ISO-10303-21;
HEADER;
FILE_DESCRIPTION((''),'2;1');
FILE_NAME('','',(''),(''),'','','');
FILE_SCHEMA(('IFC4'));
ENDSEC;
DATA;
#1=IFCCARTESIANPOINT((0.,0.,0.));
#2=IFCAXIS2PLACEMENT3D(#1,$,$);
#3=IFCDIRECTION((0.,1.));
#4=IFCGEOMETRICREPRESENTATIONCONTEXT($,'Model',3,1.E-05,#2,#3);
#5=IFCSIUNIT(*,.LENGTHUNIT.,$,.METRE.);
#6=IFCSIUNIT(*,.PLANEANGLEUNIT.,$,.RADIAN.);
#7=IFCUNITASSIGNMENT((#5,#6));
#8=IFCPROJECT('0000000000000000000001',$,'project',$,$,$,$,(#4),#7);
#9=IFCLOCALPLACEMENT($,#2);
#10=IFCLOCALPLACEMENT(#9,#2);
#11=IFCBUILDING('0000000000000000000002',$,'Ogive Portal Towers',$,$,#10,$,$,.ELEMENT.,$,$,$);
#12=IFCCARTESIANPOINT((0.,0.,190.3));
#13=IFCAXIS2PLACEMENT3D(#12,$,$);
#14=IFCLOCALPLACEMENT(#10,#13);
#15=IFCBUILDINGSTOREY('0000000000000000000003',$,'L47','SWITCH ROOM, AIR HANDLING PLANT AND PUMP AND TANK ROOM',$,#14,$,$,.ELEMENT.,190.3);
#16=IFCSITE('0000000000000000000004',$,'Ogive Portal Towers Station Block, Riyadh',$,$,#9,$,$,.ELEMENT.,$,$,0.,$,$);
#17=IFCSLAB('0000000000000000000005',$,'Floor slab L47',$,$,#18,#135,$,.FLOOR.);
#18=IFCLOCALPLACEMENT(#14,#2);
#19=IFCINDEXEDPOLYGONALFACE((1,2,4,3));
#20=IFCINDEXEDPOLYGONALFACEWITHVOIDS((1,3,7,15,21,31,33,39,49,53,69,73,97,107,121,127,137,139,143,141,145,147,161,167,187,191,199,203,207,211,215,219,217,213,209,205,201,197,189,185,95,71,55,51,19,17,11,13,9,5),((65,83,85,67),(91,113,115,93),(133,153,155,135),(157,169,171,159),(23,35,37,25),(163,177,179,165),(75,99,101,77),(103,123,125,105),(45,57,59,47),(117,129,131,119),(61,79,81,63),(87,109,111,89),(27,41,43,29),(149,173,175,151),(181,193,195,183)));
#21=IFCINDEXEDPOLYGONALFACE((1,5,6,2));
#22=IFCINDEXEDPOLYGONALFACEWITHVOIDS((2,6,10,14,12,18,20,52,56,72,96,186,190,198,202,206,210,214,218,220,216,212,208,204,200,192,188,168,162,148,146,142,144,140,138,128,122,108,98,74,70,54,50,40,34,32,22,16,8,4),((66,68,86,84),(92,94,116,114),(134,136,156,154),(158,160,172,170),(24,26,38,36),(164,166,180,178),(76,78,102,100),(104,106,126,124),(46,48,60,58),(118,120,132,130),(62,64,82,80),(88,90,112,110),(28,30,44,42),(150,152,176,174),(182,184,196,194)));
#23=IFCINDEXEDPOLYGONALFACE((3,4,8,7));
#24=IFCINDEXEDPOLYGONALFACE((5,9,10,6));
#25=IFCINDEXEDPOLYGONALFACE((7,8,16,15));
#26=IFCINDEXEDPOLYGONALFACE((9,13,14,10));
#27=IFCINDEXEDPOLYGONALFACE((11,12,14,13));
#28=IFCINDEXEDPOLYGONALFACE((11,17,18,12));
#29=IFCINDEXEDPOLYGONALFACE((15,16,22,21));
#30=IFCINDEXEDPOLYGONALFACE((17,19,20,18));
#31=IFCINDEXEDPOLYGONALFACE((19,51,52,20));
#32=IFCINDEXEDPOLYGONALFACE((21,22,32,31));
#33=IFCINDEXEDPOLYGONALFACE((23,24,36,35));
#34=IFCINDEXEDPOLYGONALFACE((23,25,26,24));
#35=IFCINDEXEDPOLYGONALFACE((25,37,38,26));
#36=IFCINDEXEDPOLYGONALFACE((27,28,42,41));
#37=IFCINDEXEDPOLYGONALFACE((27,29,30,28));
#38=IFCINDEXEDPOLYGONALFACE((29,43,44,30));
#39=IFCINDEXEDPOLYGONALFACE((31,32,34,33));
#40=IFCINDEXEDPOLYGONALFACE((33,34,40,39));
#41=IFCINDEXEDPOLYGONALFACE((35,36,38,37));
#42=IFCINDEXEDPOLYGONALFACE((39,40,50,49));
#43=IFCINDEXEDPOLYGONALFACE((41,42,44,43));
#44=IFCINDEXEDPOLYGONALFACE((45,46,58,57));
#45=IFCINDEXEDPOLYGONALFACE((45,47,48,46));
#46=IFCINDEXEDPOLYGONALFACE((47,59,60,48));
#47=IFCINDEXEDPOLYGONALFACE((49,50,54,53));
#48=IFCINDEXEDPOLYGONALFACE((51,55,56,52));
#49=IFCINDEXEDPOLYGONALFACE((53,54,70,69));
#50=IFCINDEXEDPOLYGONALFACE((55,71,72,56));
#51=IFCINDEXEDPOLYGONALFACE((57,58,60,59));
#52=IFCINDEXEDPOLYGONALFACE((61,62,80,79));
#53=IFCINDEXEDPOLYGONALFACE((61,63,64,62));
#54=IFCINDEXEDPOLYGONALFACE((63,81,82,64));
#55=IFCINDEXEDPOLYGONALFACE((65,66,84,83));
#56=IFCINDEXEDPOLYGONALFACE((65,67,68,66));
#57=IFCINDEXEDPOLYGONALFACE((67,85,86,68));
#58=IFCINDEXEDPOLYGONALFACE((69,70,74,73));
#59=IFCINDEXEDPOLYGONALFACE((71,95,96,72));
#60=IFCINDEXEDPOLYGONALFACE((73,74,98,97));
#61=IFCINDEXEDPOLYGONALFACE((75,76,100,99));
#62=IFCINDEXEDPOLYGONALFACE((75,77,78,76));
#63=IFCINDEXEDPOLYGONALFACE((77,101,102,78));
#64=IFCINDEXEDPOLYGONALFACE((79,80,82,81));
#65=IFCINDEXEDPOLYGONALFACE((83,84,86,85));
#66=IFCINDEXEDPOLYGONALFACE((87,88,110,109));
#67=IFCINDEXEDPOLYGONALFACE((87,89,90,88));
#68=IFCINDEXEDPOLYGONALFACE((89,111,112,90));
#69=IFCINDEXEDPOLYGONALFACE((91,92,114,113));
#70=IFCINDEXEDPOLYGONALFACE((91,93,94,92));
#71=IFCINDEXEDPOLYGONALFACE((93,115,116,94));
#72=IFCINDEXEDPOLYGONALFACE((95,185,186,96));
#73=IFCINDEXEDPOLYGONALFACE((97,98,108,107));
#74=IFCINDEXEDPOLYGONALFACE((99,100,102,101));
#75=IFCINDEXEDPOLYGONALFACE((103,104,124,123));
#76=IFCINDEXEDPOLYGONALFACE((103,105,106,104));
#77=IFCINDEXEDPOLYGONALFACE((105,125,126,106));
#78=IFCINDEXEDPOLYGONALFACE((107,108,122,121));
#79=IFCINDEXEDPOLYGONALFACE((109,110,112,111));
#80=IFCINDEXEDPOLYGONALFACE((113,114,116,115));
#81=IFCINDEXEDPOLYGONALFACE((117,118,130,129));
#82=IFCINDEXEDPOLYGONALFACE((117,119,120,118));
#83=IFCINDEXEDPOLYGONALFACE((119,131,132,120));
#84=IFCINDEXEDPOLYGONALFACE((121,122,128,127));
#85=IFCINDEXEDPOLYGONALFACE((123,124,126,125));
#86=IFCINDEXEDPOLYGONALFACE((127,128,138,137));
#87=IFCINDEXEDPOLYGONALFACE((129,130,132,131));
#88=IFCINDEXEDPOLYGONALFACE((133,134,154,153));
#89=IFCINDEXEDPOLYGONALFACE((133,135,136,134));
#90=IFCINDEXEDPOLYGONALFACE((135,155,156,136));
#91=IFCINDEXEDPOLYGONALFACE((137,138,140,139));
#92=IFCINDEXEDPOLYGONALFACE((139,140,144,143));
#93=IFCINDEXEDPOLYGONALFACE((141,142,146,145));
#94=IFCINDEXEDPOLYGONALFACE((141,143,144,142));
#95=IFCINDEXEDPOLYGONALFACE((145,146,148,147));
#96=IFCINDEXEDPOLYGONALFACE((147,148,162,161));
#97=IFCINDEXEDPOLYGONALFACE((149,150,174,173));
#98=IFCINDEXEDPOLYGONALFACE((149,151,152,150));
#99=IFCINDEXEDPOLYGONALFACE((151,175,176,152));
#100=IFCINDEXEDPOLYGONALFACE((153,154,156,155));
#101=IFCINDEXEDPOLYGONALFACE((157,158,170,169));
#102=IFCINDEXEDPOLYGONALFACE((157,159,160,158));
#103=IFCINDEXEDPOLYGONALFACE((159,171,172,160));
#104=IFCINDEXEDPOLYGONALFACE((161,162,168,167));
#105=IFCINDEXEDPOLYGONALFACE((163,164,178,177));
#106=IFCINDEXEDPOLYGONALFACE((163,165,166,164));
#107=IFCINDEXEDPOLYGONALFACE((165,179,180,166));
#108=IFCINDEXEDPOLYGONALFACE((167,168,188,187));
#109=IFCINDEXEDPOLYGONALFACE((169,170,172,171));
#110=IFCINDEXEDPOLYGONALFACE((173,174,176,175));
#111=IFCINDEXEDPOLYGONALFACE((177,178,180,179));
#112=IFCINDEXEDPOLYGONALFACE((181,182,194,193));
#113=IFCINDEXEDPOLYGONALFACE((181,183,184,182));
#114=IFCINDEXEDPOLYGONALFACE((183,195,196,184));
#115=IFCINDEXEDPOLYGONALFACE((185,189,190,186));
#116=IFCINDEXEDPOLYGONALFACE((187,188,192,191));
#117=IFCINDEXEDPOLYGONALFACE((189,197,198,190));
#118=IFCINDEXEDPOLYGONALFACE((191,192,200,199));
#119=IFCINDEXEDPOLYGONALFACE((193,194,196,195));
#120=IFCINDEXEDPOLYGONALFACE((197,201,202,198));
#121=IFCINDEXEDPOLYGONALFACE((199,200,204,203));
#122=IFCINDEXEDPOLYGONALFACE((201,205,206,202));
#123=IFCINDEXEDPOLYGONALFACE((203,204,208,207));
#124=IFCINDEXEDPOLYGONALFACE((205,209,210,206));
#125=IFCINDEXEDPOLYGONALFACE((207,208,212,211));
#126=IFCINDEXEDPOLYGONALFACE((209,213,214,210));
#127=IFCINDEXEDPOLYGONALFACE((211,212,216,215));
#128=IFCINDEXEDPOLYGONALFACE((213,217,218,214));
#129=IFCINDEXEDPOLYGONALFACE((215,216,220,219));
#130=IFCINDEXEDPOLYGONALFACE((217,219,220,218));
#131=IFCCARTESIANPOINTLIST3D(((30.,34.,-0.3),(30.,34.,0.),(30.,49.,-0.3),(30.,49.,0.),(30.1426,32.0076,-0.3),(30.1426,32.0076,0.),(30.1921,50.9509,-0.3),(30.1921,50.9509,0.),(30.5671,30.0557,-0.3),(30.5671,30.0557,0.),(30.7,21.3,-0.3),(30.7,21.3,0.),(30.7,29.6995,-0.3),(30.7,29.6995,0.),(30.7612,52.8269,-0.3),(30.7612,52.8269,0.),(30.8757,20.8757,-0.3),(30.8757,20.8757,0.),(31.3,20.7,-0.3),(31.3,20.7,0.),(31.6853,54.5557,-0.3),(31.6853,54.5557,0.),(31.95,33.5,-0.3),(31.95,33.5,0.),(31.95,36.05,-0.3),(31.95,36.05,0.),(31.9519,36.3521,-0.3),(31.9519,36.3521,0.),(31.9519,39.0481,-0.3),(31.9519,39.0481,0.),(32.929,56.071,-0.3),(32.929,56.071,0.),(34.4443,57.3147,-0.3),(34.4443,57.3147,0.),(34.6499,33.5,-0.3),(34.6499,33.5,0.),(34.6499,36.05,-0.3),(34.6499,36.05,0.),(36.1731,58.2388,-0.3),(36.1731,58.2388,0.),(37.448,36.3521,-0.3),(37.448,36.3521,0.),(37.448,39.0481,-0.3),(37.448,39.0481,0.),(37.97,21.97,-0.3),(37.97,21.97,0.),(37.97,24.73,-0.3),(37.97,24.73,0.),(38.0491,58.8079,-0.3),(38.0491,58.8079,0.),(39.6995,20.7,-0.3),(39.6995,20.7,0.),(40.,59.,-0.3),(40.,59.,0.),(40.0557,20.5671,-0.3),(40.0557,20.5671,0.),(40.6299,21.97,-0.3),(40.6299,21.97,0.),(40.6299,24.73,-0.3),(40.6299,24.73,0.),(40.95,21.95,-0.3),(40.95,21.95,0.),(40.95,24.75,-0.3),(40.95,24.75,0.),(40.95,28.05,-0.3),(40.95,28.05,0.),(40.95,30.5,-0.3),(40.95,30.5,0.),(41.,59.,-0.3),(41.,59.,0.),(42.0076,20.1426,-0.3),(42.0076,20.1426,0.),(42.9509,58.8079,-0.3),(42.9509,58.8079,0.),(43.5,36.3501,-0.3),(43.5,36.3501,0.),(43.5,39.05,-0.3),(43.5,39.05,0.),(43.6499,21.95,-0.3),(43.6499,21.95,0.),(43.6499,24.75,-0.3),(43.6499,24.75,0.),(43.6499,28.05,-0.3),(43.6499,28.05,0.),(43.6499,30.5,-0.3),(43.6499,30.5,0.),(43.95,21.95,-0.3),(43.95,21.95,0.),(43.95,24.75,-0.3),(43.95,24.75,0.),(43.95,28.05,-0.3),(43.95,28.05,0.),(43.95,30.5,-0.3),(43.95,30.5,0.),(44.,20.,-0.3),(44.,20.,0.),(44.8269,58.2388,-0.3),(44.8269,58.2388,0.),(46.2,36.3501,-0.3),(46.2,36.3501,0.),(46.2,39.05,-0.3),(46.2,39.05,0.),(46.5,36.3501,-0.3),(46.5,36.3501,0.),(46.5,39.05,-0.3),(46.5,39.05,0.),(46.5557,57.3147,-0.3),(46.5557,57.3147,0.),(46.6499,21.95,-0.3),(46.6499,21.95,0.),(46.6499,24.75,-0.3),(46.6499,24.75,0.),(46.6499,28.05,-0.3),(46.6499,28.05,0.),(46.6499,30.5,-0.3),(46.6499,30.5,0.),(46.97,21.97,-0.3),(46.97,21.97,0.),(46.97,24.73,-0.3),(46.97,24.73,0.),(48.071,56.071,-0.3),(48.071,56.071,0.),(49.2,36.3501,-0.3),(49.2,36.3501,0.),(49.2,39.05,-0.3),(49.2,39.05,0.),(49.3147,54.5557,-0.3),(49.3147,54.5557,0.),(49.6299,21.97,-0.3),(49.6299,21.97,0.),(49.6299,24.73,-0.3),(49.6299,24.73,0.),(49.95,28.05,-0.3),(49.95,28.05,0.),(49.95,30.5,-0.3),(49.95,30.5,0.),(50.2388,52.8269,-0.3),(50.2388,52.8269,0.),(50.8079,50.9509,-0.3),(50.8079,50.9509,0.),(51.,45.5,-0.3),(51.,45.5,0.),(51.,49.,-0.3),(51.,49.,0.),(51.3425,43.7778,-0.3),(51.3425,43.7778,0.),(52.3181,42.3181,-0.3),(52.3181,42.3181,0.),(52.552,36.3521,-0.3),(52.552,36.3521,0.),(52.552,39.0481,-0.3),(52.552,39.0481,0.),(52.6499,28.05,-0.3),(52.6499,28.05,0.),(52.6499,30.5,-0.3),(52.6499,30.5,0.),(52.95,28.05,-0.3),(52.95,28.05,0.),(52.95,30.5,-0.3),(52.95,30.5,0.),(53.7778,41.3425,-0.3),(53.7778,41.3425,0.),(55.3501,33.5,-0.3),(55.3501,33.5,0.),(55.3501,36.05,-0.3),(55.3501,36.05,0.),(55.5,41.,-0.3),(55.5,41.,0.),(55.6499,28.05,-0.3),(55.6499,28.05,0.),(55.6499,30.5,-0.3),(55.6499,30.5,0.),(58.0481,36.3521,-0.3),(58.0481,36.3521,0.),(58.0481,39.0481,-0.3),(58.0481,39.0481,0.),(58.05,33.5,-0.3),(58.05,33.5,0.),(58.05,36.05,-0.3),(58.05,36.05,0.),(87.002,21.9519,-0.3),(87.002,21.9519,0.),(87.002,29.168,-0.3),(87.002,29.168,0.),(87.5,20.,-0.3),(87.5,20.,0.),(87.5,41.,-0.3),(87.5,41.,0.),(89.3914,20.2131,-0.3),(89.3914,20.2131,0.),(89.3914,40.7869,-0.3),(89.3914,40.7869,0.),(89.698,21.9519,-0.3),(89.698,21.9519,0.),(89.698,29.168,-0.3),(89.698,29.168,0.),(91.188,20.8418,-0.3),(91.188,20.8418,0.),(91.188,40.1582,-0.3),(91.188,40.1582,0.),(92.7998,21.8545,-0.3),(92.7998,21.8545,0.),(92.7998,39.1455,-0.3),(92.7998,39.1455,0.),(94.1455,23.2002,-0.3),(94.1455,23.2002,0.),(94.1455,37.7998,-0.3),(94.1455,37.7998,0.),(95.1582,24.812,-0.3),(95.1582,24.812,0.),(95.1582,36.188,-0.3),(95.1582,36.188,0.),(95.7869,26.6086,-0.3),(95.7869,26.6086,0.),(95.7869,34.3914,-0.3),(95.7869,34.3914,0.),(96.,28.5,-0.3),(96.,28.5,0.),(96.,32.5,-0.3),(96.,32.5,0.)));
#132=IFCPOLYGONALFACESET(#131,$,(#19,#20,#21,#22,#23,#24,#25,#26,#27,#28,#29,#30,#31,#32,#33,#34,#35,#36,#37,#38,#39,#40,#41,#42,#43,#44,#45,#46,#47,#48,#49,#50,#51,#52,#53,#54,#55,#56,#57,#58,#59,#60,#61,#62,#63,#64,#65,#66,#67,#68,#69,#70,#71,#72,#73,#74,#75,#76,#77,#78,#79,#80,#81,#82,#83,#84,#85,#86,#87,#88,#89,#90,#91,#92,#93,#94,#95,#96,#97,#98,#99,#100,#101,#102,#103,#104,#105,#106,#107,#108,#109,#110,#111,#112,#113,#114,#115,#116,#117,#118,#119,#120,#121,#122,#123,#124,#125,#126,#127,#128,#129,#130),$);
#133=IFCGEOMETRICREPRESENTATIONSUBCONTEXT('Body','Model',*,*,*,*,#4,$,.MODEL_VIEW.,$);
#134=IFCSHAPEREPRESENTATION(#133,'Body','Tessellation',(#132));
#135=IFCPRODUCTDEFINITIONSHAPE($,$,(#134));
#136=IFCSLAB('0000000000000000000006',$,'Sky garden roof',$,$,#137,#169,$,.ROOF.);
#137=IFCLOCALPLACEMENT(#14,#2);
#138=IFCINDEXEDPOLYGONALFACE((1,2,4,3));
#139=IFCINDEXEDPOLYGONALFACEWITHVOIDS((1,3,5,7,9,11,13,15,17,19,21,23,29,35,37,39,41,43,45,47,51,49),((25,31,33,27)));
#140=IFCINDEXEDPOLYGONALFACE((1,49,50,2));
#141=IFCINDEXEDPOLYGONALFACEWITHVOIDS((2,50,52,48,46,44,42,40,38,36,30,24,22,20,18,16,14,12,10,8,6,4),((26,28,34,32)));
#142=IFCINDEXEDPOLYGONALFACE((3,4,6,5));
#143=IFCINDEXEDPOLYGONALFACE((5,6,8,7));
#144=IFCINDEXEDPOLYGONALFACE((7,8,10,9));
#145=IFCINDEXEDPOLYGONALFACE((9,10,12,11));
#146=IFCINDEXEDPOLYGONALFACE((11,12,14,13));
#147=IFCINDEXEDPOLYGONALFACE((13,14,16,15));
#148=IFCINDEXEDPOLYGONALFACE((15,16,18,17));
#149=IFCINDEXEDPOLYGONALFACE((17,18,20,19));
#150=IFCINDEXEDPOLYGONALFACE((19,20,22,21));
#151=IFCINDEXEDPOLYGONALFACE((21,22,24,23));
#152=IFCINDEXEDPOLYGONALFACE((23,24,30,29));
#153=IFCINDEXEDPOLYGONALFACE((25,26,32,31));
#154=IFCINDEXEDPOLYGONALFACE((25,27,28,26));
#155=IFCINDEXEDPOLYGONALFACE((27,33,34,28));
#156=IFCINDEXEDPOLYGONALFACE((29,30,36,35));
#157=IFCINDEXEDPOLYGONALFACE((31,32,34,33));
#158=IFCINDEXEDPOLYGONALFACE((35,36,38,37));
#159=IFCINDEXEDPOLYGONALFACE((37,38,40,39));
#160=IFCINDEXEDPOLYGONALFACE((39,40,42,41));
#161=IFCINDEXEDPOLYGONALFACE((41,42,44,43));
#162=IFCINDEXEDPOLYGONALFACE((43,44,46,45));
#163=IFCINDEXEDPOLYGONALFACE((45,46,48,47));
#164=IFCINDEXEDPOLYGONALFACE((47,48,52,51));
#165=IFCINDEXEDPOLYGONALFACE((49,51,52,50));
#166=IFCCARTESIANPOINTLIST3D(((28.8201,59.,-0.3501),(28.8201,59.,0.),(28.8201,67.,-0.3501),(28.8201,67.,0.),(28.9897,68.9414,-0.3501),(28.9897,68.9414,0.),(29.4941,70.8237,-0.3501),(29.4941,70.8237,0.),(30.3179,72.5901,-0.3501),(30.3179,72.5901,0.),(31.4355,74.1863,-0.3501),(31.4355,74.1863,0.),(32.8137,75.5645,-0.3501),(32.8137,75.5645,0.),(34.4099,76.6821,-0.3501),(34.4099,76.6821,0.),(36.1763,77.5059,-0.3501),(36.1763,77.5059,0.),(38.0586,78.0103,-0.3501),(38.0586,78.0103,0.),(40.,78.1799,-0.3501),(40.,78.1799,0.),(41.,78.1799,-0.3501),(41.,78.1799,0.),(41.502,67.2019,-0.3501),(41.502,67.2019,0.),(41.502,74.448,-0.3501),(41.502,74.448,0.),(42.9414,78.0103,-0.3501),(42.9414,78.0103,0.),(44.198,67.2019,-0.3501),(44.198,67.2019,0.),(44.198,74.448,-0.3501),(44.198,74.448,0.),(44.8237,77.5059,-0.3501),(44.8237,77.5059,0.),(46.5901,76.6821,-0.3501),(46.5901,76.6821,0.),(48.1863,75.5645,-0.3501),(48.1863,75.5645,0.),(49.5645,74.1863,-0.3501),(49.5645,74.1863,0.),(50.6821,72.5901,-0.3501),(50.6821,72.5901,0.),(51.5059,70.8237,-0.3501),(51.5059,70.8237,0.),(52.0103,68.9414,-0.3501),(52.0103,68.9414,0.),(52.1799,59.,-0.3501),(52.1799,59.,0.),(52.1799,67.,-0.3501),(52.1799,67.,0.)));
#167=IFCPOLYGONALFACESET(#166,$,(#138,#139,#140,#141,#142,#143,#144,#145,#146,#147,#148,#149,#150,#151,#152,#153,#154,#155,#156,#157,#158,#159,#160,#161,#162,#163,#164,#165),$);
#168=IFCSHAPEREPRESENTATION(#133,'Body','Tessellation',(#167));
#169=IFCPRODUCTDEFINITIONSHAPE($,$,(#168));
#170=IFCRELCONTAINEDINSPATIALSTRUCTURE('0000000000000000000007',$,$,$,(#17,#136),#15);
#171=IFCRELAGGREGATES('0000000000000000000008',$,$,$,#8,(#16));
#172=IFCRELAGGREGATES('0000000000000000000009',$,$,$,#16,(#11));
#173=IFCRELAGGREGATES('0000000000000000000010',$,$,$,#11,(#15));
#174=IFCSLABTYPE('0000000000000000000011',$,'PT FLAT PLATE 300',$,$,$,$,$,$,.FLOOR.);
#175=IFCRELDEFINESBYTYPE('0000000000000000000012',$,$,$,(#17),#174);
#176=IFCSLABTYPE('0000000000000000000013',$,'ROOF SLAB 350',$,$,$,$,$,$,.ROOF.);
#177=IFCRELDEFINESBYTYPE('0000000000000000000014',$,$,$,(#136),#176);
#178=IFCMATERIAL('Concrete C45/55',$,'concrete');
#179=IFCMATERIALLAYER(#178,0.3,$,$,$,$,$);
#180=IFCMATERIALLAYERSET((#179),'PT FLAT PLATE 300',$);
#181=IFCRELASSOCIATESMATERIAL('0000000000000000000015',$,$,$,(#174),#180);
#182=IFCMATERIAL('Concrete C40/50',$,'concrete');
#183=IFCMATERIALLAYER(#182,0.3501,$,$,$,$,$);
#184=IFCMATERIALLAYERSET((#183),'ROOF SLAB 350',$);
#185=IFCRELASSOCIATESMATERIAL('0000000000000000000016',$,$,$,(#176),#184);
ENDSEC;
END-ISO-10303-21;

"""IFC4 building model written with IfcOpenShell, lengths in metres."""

from ifc_helpers import new_model, si_unit, direction, frame, origin, place, context, subcontext, project, spatial, polyline, outline, extrude, material, layer, layer_set, type_object, element, save


model = new_model("IFC4")

# Units and contexts
model_context = context("Model", 3, precision=1e-05, world=origin(), true_north=direction((0.0, 1.0)))
body_context = subcontext(model_context, "Body", "Model", "MODEL_VIEW")
ifc_project = project(units=[si_unit("LENGTHUNIT", "METRE"), si_unit("PLANEANGLEUNIT", "RADIAN")], contexts=[model_context])

# Site, building, storey
site_placement = place(None, origin())
site = spatial("IfcSite", under=ifc_project, at=site_placement, Name="Ogive Portal Towers Station Block, Riyadh", CompositionType="ELEMENT", RefElevation=0.0)
building_placement = place(site_placement, origin())
building = spatial("IfcBuilding", under=site, at=building_placement, Name="Ogive Portal Towers", CompositionType="ELEMENT")
storey_placement = place(building_placement, frame((0.0, 0.0, 190.3)))
storey = spatial("IfcBuildingStorey", under=building, at=storey_placement, Name="L47", Description="SWITCH ROOM, AIR HANDLING PLANT AND PUMP AND TANK ROOM", CompositionType="ELEMENT", Elevation=190.3)

# Slabs
ifc_material_1 = material(Name="Concrete C45/55", Category="concrete")
ifc_layer_1 = layer(ifc_material_1, 0.3)
ifc_layer_set_1 = layer_set([ifc_layer_1], Name="PT FLAT PLATE 300")
slab_type_1 = type_object("IfcSlabType", Name="PT FLAT PLATE 300", PredefinedType="FLOOR", material=ifc_layer_set_1)
slab_1_placement = place(storey_placement, frame((0.0, 0.0, -0.3)))
element("IfcSlab", 1, at=slab_1_placement, inside=storey, type_object=slab_type_1, Name="Floor slab L47", PredefinedType="FLOOR", context=body_context, shape_type="SweptSolid", body=[
    extrude(outline(polyline([(30.1426, 32.0076), (30.5671, 30.0557), (30.7, 29.6995), (30.7, 21.3), (30.8757, 20.8757), (31.3, 20.7), (39.6995, 20.7), (40.0557, 20.5671), (42.0076, 20.1426), (44.0, 20.0), (87.5, 20.0), (89.3914, 20.2131), (91.188, 20.8418), (92.7998, 21.8545), (94.1455, 23.2002), (95.1582, 24.812), (95.7869, 26.6086), (96.0, 28.5), (96.0, 32.5), (95.7869, 34.3914), (95.1582, 36.188), (94.1455, 37.7998), (92.7998, 39.1455), (91.188, 40.1582), (89.3914, 40.7869), (87.5, 41.0), (55.5, 41.0), (53.7778, 41.3425), (52.3181, 42.3181), (51.3425, 43.7778), (51.0, 45.5), (51.0, 49.0), (50.8079, 50.9509), (50.2388, 52.8269), (49.3147, 54.5557), (48.071, 56.071), (46.5557, 57.3147), (44.8269, 58.2388), (42.9509, 58.8079), (41.0, 59.0), (40.0, 59.0), (38.0491, 58.8079), (36.1731, 58.2388), (34.4443, 57.3147), (32.929, 56.071), (31.6853, 54.5557), (30.7612, 52.8269), (30.1921, 50.9509), (30.0, 49.0), (30.0, 34.0), (30.1426, 32.0076)]), holes=[polyline([(40.6299, 21.97), (37.97, 21.97), (37.97, 24.73), (40.6299, 24.73), (40.6299, 21.97)]), polyline([(43.6499, 24.75), (43.6499, 21.95), (40.95, 21.95), (40.95, 24.75), (43.6499, 24.75)]), polyline([(46.6499, 24.75), (46.6499, 21.95), (43.95, 21.95), (43.95, 24.75), (46.6499, 24.75)]), polyline([(43.6499, 30.5), (43.6499, 28.05), (40.95, 28.05), (40.95, 30.5), (43.6499, 30.5)]), polyline([(34.6499, 36.05), (34.6499, 33.5), (31.95, 33.5), (31.95, 36.05), (34.6499, 36.05)]), polyline([(31.9519, 39.0481), (37.448, 39.0481), (37.448, 36.3521), (31.9519, 36.3521), (31.9519, 39.0481)]), polyline([(46.2, 39.05), (46.2, 36.3501), (43.5, 36.3501), (43.5, 39.05), (46.2, 39.05)]), polyline([(49.6299, 21.97), (46.97, 21.97), (46.97, 24.73), (49.6299, 24.73), (49.6299, 21.97)]), polyline([(87.002, 21.9519), (87.002, 29.168), (89.698, 29.168), (89.698, 21.9519), (87.002, 21.9519)]), polyline([(46.6499, 30.5), (46.6499, 28.05), (43.95, 28.05), (43.95, 30.5), (46.6499, 30.5)]), polyline([(52.6499, 30.5), (52.6499, 28.05), (49.95, 28.05), (49.95, 30.5), (52.6499, 30.5)]), polyline([(55.6499, 30.5), (55.6499, 28.05), (52.95, 28.05), (52.95, 30.5), (55.6499, 30.5)]), polyline([(58.05, 36.05), (58.05, 33.5), (55.3501, 33.5), (55.3501, 36.05), (58.05, 36.05)]), polyline([(49.2, 39.05), (49.2, 36.3501), (46.5, 36.3501), (46.5, 39.05), (49.2, 39.05)]), polyline([(58.0481, 36.3521), (52.552, 36.3521), (52.552, 39.0481), (58.0481, 39.0481), (58.0481, 36.3521)])]), origin(), (0.0, 0.0, 1.0), 0.3),
])
ifc_material_2 = material(Name="Concrete C40/50", Category="concrete")
ifc_layer_2 = layer(ifc_material_2, 0.3501)
ifc_layer_set_2 = layer_set([ifc_layer_2], Name="ROOF SLAB 350")
slab_type_2 = type_object("IfcSlabType", Name="ROOF SLAB 350", PredefinedType="ROOF", material=ifc_layer_set_2)
slab_2_placement = place(storey_placement, frame((0.0, 0.0, -0.3501)))
element("IfcSlab", 2, at=slab_2_placement, inside=storey, type_object=slab_type_2, Name="Sky garden roof", PredefinedType="ROOF", context=body_context, shape_type="SweptSolid", body=[
    extrude(outline(polyline([(28.9897, 68.9414), (29.4941, 70.8237), (30.3179, 72.5901), (31.4355, 74.1863), (32.8137, 75.5645), (34.4099, 76.6821), (36.1763, 77.5059), (38.0586, 78.0103), (40.0, 78.1799), (41.0, 78.1799), (42.9414, 78.0103), (44.8237, 77.5059), (46.5901, 76.6821), (48.1863, 75.5645), (49.5645, 74.1863), (50.6821, 72.5901), (51.5059, 70.8237), (52.0103, 68.9414), (52.1799, 67.0), (52.1799, 59.0), (28.8201, 59.0), (28.8201, 67.0), (28.9897, 68.9414)]), holes=[polyline([(41.502, 67.2019), (44.198, 67.2019), (44.198, 74.448), (41.502, 74.448), (41.502, 67.2019)])]), origin(), (0.0, 0.0, 1.0), 0.3501),
])

save(model, "model.ifc")
